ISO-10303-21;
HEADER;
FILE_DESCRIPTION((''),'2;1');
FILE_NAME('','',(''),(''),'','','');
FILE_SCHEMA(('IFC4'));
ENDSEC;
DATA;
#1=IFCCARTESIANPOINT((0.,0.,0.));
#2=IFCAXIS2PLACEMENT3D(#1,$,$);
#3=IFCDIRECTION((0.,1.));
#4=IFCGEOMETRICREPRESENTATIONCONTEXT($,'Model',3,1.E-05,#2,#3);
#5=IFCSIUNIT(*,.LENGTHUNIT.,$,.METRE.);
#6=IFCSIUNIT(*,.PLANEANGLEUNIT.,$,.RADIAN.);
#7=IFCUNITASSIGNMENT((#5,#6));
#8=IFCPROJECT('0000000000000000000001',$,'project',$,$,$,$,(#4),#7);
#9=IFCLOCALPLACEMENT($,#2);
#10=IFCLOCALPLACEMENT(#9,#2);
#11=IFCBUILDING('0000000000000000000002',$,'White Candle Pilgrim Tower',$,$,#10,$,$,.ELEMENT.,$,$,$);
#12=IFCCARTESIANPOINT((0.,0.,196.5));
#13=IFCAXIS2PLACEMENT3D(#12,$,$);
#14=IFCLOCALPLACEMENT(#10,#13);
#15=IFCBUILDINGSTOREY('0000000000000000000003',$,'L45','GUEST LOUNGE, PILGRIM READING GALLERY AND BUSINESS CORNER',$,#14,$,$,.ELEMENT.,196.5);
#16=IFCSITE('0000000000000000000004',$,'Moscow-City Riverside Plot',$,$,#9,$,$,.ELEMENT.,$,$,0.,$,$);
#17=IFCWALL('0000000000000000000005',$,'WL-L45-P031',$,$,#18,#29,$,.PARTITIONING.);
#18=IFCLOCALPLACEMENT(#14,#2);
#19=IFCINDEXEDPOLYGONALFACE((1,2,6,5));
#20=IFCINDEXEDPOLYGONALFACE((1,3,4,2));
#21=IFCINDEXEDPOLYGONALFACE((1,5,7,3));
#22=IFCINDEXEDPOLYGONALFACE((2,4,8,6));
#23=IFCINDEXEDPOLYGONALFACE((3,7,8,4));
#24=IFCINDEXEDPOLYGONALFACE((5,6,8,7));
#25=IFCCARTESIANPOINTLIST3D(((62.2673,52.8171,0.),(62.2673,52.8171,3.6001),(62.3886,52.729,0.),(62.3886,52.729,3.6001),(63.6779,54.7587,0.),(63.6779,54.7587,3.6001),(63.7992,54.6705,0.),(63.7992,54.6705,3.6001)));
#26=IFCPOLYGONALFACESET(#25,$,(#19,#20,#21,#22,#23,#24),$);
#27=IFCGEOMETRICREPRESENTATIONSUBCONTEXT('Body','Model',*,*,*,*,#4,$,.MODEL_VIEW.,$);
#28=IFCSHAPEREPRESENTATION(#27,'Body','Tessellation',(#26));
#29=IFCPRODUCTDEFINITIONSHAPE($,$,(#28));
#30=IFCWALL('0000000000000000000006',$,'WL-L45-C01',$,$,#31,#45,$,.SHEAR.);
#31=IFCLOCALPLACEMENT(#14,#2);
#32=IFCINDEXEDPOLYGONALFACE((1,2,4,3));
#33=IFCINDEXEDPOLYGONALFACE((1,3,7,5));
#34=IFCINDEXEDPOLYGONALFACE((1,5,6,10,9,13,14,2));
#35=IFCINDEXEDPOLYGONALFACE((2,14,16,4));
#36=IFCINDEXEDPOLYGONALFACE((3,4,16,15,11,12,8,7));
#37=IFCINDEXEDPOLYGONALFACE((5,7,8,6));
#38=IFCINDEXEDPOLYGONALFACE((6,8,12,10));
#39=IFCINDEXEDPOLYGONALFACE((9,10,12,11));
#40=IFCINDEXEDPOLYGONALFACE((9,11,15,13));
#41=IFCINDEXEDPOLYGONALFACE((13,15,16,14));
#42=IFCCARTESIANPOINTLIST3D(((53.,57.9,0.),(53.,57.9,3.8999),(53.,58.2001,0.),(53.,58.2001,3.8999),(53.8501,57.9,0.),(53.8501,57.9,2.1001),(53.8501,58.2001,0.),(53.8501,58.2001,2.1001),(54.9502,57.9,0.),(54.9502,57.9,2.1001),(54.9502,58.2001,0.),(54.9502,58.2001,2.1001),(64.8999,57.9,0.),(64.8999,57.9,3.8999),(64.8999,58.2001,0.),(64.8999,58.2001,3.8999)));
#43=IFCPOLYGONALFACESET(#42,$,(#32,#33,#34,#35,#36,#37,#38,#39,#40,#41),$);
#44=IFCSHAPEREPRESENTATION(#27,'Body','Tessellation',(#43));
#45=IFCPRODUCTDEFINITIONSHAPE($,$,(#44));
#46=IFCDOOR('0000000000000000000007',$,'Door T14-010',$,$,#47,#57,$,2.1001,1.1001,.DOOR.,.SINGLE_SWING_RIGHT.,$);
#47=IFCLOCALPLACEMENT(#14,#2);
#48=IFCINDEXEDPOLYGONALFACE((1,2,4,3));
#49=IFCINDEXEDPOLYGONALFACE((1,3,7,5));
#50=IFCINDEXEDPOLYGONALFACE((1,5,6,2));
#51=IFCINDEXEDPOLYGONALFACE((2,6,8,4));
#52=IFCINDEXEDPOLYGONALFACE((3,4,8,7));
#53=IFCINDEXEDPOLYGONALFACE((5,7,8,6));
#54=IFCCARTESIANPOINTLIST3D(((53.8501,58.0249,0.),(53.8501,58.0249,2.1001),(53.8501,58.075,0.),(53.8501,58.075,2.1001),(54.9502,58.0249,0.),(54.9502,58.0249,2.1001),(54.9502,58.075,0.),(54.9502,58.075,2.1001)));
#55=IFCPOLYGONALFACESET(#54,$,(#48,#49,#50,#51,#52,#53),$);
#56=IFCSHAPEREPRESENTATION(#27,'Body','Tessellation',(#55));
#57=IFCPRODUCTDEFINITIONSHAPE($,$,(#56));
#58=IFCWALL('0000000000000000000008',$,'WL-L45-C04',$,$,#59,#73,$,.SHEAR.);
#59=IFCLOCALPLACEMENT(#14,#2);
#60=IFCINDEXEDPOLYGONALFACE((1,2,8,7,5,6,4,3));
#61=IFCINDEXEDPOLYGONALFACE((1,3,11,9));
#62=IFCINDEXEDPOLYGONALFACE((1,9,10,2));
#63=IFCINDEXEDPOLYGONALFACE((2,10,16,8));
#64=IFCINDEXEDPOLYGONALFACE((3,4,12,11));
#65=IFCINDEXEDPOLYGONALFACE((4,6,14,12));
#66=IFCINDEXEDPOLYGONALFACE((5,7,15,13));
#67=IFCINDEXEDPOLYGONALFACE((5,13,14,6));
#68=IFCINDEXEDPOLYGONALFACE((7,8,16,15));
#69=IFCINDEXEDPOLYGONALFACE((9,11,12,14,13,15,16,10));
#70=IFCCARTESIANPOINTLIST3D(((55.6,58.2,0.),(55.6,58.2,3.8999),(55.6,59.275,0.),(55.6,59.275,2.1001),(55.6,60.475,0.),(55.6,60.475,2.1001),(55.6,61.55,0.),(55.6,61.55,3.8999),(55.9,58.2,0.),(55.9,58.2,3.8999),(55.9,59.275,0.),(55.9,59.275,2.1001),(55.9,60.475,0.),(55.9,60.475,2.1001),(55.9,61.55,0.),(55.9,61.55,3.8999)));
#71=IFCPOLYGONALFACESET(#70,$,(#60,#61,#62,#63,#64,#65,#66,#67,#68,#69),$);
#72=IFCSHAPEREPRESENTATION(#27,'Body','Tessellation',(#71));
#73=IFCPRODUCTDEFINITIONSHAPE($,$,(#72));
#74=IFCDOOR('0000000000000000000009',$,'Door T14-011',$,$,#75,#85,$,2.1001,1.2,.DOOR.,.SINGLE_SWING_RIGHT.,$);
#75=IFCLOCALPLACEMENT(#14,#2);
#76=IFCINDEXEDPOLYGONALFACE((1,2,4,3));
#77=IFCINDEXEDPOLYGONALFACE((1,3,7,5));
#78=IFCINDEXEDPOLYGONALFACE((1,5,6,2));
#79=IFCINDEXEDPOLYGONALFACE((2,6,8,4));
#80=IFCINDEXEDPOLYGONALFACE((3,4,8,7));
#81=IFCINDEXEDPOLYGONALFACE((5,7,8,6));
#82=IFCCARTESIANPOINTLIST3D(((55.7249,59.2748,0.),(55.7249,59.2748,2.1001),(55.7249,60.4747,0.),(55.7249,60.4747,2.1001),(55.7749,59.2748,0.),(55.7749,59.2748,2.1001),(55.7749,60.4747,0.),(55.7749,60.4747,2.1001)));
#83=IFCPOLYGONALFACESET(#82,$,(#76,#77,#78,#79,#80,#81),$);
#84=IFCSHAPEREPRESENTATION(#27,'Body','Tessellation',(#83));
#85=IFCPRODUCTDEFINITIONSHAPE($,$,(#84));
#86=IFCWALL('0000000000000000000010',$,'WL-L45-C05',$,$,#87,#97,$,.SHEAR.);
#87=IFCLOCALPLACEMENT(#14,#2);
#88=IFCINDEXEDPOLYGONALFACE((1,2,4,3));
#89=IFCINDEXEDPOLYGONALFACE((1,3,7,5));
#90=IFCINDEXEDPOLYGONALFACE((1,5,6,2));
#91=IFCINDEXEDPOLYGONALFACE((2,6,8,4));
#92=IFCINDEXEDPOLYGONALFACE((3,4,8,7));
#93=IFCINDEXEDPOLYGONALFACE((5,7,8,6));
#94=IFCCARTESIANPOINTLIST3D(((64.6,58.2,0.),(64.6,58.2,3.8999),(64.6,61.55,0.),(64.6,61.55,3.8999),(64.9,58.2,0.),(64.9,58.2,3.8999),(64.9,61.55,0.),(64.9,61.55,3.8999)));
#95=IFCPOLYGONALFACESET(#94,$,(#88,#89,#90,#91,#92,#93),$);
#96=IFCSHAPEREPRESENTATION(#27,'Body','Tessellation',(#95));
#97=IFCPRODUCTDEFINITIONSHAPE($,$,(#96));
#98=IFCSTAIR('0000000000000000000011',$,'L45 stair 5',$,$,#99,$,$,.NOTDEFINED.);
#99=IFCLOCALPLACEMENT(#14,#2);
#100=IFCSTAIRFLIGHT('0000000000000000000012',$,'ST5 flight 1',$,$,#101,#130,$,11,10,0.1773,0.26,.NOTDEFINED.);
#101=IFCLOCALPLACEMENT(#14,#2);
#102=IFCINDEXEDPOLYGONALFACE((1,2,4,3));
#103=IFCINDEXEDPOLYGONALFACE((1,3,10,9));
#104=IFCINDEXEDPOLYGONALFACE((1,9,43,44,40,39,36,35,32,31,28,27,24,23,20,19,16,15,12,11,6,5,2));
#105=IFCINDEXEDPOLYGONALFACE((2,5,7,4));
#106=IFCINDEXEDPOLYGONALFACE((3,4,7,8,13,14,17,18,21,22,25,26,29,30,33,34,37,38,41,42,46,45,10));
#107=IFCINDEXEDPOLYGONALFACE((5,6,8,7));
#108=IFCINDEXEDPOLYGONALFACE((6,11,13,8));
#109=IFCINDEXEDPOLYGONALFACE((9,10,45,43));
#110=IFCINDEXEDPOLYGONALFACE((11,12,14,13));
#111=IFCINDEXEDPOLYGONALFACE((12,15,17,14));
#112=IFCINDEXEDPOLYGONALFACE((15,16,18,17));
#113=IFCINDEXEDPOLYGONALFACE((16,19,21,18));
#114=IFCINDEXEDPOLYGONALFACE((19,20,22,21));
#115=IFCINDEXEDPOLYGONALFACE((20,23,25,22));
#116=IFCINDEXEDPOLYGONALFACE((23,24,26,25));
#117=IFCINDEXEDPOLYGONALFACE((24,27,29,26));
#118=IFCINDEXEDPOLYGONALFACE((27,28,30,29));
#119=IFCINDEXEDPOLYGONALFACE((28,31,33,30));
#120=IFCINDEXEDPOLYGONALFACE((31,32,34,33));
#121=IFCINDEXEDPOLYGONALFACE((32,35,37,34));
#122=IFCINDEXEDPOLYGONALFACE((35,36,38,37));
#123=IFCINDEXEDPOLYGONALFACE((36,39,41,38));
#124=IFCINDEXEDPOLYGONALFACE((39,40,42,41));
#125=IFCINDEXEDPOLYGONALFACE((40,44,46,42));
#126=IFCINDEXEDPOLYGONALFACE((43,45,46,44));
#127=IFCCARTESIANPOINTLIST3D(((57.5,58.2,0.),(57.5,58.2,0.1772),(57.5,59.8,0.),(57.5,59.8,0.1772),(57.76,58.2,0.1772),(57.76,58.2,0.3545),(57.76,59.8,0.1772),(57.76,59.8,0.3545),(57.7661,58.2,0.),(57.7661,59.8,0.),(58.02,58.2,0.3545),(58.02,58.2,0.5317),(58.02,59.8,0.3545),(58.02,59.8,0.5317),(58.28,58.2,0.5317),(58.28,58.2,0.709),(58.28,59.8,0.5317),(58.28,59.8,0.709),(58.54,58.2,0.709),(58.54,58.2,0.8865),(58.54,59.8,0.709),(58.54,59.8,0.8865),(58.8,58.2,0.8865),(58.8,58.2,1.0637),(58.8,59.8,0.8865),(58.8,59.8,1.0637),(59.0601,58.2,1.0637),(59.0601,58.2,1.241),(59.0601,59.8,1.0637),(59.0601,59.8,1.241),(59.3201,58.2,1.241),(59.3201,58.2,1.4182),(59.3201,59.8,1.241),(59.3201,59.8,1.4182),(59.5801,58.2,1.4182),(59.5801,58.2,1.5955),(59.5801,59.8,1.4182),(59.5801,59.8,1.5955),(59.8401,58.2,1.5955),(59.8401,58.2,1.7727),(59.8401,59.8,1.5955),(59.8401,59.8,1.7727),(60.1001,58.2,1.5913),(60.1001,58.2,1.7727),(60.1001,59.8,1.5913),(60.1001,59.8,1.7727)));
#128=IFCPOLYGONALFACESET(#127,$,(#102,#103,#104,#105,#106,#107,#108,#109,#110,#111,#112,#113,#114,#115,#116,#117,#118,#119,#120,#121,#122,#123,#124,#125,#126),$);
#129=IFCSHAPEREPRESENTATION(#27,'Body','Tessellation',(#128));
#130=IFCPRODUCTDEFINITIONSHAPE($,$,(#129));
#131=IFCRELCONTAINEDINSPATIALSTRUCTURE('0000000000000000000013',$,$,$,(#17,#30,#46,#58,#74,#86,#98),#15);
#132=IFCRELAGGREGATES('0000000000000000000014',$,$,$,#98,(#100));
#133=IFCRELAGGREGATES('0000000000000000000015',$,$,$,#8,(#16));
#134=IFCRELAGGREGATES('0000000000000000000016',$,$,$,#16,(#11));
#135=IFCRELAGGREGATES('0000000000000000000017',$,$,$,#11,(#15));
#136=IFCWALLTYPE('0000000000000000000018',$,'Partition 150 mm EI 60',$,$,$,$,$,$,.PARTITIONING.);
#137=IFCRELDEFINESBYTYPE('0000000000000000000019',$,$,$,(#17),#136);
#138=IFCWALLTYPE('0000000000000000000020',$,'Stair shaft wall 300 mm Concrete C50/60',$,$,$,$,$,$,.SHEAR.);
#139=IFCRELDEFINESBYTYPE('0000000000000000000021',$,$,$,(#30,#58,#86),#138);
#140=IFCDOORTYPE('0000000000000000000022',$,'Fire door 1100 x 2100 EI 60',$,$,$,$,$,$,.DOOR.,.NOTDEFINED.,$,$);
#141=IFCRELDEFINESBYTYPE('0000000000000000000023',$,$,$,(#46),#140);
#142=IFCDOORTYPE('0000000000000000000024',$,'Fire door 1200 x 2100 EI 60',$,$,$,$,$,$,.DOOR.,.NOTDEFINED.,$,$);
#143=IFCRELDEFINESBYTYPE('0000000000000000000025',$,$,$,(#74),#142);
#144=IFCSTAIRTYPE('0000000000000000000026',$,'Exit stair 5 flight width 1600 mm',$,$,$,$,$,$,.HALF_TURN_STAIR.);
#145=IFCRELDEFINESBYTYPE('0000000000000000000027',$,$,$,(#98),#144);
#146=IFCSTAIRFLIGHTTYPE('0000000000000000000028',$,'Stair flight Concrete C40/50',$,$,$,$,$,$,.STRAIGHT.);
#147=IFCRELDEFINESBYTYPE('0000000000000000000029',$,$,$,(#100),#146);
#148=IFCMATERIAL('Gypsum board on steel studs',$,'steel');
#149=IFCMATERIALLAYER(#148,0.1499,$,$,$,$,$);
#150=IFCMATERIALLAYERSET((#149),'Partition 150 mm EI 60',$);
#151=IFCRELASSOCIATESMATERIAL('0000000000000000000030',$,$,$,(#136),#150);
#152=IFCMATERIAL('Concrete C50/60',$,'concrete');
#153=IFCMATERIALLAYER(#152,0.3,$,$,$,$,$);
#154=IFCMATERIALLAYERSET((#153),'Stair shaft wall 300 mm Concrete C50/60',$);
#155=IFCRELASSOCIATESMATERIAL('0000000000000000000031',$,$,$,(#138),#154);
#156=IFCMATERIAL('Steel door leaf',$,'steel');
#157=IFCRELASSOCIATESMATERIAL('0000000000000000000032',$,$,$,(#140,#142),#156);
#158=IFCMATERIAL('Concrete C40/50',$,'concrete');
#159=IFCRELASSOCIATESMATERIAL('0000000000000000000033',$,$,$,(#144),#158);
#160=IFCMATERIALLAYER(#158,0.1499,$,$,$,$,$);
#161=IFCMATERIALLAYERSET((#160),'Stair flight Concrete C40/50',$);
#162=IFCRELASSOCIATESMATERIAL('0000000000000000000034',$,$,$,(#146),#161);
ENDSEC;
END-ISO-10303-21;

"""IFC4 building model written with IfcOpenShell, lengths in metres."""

from ifc_helpers import new_model, si_unit, direction, frame, frame_2d, origin, place, context, subcontext, project, spatial, polyline, rectangle, outline, extrude, material, layer, layer_set, type_object, element, fill, aggregate, save


model = new_model("IFC4")

# Units and contexts
model_context = context("Model", 3, precision=1e-05, world=origin(), true_north=direction((0.0, 1.0)))
body_context = subcontext(model_context, "Body", "Model", "MODEL_VIEW")
ifc_project = project(units=[si_unit("LENGTHUNIT", "METRE"), si_unit("PLANEANGLEUNIT", "RADIAN")], contexts=[model_context])

# Site, building, storey
site_placement = place(None, origin())
site = spatial("IfcSite", under=ifc_project, at=site_placement, Name="Moscow-City Riverside Plot", CompositionType="ELEMENT", RefElevation=0.0)
building_placement = place(site_placement, origin())
building = spatial("IfcBuilding", under=site, at=building_placement, Name="White Candle Pilgrim Tower", CompositionType="ELEMENT")
storey_placement = place(building_placement, frame((0.0, 0.0, 196.5)))
storey = spatial("IfcBuildingStorey", under=building, at=storey_placement, Name="L45", Description="GUEST LOUNGE, PILGRIM READING GALLERY AND BUSINESS CORNER", CompositionType="ELEMENT", Elevation=196.5)

# Shared definitions
ifc_material_1 = material(Name="Concrete C50/60", Category="concrete")

# Shared definitions
ifc_material_2 = material(Name="Gypsum board on steel studs", Category="steel")
ifc_material_3 = material(Name="Steel door leaf", Category="steel")

# Wall
ifc_layer_1 = layer(ifc_material_2, 0.1499)
ifc_layer_set_1 = layer_set([ifc_layer_1], Name="Partition 150 mm EI 60")
wall_type_1 = type_object("IfcWallType", Name="Partition 150 mm EI 60", PredefinedType="PARTITIONING", material=ifc_layer_set_1)
wall_1_placement = place(storey_placement, frame((63.7385, 54.7146, 0.0), z_axis=(0.0, 0.0, 1.0), x_axis=(-0.587772, -0.809026, 0.0)))
element("IfcWall", 1, at=wall_1_placement, inside=storey, type_object=wall_type_1, Name="WL-L45-P031", PredefinedType="PARTITIONING", context=body_context, shape_type="SweptSolid", body=[
    extrude(rectangle(XDim=2.3999, YDim=0.1499, at=frame_2d((1.2, 0.0))), origin(), (0.0, 0.0, 1.0), 3.6001),
])

# Walls, openings, doors
ifc_layer_2 = layer(ifc_material_1, 0.3)
ifc_layer_set_2 = layer_set([ifc_layer_2], Name="Stair shaft wall 300 mm Concrete C50/60")
wall_type_2 = type_object("IfcWallType", Name="Stair shaft wall 300 mm Concrete C50/60", PredefinedType="SHEAR", material=ifc_layer_set_2)
wall_2_placement = place(storey_placement, frame((53.0, 58.05, 0.0), z_axis=(0.0, 0.0, 1.0), x_axis=(1.0, 0.0, 0.0)))
wall_2 = element("IfcWall", 2, at=wall_2_placement, inside=storey, type_object=wall_type_2, Name="WL-L45-C01", PredefinedType="SHEAR", context=body_context, shape_type="SweptSolid", body=[
    extrude(rectangle(XDim=11.8999, YDim=0.3, at=frame_2d((5.95, 0.0))), origin(), (0.0, 0.0, 1.0), 3.8999),
])
opening_1_placement = place(wall_2_placement, frame((0.8501, 0.0, 0.0)))
opening_1 = element("IfcOpeningElement", 3, at=opening_1_placement, cuts=wall_2, PredefinedType="OPENING", context=body_context, shape_type="SweptSolid", body=[
    extrude(rectangle(XDim=1.1001, YDim=2.1001, at=frame_2d((0.55, 1.05))), frame((0.0, 0.1599, 0.0), z_axis=(0.0, -1.0, 0.0), x_axis=(1.0, 0.0, 0.0)), (0.0, 0.0, 1.0), 0.3201),
])
door_type_1 = type_object("IfcDoorType", Name="Fire door 1100 x 2100 EI 60", OperationType="NOTDEFINED", PredefinedType="DOOR", material=ifc_material_3)
door_1_placement = place(opening_1_placement, origin())
door_1 = element("IfcDoor", 4, at=door_1_placement, inside=storey, type_object=door_type_1, Name="Door T14-010", OperationType="SINGLE_SWING_RIGHT", OverallHeight=2.1001, OverallWidth=1.1001, PredefinedType="DOOR", context=body_context, shape_type="SweptSolid", body=[
    extrude(rectangle(XDim=1.1001, YDim=2.1001, at=frame_2d((0.55, 1.05))), frame((0.0, 0.0249, 0.0), z_axis=(0.0, -1.0, 0.0), x_axis=(1.0, 0.0, 0.0)), (0.0, 0.0, 1.0), 0.05),
])
fill(opening_1, door_1)
wall_3_placement = place(storey_placement, frame((55.75, 58.2, 0.0), z_axis=(0.0, 0.0, 1.0), x_axis=(0.0, 1.0, 0.0)))
wall_3 = element("IfcWall", 5, at=wall_3_placement, inside=storey, type_object=wall_type_2, Name="WL-L45-C04", PredefinedType="SHEAR", context=body_context, shape_type="SweptSolid", body=[
    extrude(rectangle(XDim=3.3501, YDim=0.3, at=frame_2d((1.675, 0.0))), origin(), (0.0, 0.0, 1.0), 3.8999),
])
opening_2_placement = place(wall_3_placement, frame((1.075, 0.0, 0.0)))
opening_2 = element("IfcOpeningElement", 6, at=opening_2_placement, cuts=wall_3, PredefinedType="OPENING", context=body_context, shape_type="SweptSolid", body=[
    extrude(rectangle(XDim=1.2, YDim=2.1001, at=frame_2d((0.6001, 1.05))), frame((0.0, 0.1599, 0.0), z_axis=(0.0, -1.0, 0.0), x_axis=(1.0, 0.0, 0.0)), (0.0, 0.0, 1.0), 0.3201),
])
door_type_2 = type_object("IfcDoorType", Name="Fire door 1200 x 2100 EI 60", OperationType="NOTDEFINED", PredefinedType="DOOR", material=ifc_material_3)
door_2_placement = place(opening_2_placement, frame((1.2, 0.0, 0.0), z_axis=(0.0, 0.0, 1.0), x_axis=(-1.0, 0.0, 0.0)))
door_2 = element("IfcDoor", 7, at=door_2_placement, inside=storey, type_object=door_type_2, Name="Door T14-011", OperationType="SINGLE_SWING_RIGHT", OverallHeight=2.1001, OverallWidth=1.2, PredefinedType="DOOR", context=body_context, shape_type="SweptSolid", body=[
    extrude(rectangle(XDim=1.2, YDim=2.1001, at=frame_2d((0.6001, 1.05))), frame((0.0, 0.0249, 0.0), z_axis=(0.0, -1.0, 0.0), x_axis=(1.0, 0.0, 0.0)), (0.0, 0.0, 1.0), 0.05),
])
fill(opening_2, door_2)

# Wall
wall_4_placement = place(storey_placement, frame((64.75, 58.2, 0.0), z_axis=(0.0, 0.0, 1.0), x_axis=(0.0, 1.0, 0.0)))
element("IfcWall", 8, at=wall_4_placement, inside=storey, type_object=wall_type_2, Name="WL-L45-C05", PredefinedType="SHEAR", context=body_context, shape_type="SweptSolid", body=[
    extrude(rectangle(XDim=3.3501, YDim=0.3, at=frame_2d((1.675, 0.0))), origin(), (0.0, 0.0, 1.0), 3.8999),
])

# Stair, stair flight
ifc_material_4 = material(Name="Concrete C40/50", Category="concrete")
stair_type = type_object("IfcStairType", Name="Exit stair 5 flight width 1600 mm", PredefinedType="HALF_TURN_STAIR", material=ifc_material_4)
stair_placement = place(storey_placement, origin())
stair = element("IfcStair", 9, at=stair_placement, inside=storey, type_object=stair_type, Name="L45 stair 5", PredefinedType="NOTDEFINED")
ifc_layer_3 = layer(ifc_material_4, 0.1499)
ifc_layer_set_3 = layer_set([ifc_layer_3], Name="Stair flight Concrete C40/50")
stair_flight_type = type_object("IfcStairFlightType", Name="Stair flight Concrete C40/50", PredefinedType="STRAIGHT", material=ifc_layer_set_3)
stair_flight_placement = place(storey_placement, frame((57.5, 59.0, 0.0), z_axis=(0.0, 0.0, 1.0), x_axis=(1.0, 0.0, 0.0)))
stair_flight = element("IfcStairFlight", 10, at=stair_flight_placement, type_object=stair_flight_type, Name="ST5 flight 1", NumberOfRisers=11, NumberOfTreads=10, PredefinedType="NOTDEFINED", RiserHeight=0.1773, TreadLength=0.26, context=body_context, shape_type="SweptSolid", body=[
    extrude(outline(polyline([(0.0, 0.0), (0.0, 0.1772), (0.26, 0.1772), (0.26, 0.3545), (0.52, 0.3545), (0.52, 0.5317), (0.78, 0.5317), (0.78, 0.709), (1.04, 0.709), (1.04, 0.8865), (1.3, 0.8865), (1.3, 1.0637), (1.5601, 1.0637), (1.5601, 1.241), (1.8201, 1.241), (1.8201, 1.4182), (2.0801, 1.4182), (2.0801, 1.5955), (2.3401, 1.5955), (2.3401, 1.7727), (2.6001, 1.7727), (2.6001, 1.95), (2.6001, 1.5913), (0.2661, 0.0), (0.0, 0.0)])), frame((0.0, 0.8, 0.0), z_axis=(0.0, -1.0, 0.0), x_axis=(1.0, 0.0, 0.0)), (0.0, 0.0, 1.0), 1.6001),
])
aggregate(stair, [stair_flight])

save(model, "model.ifc")
